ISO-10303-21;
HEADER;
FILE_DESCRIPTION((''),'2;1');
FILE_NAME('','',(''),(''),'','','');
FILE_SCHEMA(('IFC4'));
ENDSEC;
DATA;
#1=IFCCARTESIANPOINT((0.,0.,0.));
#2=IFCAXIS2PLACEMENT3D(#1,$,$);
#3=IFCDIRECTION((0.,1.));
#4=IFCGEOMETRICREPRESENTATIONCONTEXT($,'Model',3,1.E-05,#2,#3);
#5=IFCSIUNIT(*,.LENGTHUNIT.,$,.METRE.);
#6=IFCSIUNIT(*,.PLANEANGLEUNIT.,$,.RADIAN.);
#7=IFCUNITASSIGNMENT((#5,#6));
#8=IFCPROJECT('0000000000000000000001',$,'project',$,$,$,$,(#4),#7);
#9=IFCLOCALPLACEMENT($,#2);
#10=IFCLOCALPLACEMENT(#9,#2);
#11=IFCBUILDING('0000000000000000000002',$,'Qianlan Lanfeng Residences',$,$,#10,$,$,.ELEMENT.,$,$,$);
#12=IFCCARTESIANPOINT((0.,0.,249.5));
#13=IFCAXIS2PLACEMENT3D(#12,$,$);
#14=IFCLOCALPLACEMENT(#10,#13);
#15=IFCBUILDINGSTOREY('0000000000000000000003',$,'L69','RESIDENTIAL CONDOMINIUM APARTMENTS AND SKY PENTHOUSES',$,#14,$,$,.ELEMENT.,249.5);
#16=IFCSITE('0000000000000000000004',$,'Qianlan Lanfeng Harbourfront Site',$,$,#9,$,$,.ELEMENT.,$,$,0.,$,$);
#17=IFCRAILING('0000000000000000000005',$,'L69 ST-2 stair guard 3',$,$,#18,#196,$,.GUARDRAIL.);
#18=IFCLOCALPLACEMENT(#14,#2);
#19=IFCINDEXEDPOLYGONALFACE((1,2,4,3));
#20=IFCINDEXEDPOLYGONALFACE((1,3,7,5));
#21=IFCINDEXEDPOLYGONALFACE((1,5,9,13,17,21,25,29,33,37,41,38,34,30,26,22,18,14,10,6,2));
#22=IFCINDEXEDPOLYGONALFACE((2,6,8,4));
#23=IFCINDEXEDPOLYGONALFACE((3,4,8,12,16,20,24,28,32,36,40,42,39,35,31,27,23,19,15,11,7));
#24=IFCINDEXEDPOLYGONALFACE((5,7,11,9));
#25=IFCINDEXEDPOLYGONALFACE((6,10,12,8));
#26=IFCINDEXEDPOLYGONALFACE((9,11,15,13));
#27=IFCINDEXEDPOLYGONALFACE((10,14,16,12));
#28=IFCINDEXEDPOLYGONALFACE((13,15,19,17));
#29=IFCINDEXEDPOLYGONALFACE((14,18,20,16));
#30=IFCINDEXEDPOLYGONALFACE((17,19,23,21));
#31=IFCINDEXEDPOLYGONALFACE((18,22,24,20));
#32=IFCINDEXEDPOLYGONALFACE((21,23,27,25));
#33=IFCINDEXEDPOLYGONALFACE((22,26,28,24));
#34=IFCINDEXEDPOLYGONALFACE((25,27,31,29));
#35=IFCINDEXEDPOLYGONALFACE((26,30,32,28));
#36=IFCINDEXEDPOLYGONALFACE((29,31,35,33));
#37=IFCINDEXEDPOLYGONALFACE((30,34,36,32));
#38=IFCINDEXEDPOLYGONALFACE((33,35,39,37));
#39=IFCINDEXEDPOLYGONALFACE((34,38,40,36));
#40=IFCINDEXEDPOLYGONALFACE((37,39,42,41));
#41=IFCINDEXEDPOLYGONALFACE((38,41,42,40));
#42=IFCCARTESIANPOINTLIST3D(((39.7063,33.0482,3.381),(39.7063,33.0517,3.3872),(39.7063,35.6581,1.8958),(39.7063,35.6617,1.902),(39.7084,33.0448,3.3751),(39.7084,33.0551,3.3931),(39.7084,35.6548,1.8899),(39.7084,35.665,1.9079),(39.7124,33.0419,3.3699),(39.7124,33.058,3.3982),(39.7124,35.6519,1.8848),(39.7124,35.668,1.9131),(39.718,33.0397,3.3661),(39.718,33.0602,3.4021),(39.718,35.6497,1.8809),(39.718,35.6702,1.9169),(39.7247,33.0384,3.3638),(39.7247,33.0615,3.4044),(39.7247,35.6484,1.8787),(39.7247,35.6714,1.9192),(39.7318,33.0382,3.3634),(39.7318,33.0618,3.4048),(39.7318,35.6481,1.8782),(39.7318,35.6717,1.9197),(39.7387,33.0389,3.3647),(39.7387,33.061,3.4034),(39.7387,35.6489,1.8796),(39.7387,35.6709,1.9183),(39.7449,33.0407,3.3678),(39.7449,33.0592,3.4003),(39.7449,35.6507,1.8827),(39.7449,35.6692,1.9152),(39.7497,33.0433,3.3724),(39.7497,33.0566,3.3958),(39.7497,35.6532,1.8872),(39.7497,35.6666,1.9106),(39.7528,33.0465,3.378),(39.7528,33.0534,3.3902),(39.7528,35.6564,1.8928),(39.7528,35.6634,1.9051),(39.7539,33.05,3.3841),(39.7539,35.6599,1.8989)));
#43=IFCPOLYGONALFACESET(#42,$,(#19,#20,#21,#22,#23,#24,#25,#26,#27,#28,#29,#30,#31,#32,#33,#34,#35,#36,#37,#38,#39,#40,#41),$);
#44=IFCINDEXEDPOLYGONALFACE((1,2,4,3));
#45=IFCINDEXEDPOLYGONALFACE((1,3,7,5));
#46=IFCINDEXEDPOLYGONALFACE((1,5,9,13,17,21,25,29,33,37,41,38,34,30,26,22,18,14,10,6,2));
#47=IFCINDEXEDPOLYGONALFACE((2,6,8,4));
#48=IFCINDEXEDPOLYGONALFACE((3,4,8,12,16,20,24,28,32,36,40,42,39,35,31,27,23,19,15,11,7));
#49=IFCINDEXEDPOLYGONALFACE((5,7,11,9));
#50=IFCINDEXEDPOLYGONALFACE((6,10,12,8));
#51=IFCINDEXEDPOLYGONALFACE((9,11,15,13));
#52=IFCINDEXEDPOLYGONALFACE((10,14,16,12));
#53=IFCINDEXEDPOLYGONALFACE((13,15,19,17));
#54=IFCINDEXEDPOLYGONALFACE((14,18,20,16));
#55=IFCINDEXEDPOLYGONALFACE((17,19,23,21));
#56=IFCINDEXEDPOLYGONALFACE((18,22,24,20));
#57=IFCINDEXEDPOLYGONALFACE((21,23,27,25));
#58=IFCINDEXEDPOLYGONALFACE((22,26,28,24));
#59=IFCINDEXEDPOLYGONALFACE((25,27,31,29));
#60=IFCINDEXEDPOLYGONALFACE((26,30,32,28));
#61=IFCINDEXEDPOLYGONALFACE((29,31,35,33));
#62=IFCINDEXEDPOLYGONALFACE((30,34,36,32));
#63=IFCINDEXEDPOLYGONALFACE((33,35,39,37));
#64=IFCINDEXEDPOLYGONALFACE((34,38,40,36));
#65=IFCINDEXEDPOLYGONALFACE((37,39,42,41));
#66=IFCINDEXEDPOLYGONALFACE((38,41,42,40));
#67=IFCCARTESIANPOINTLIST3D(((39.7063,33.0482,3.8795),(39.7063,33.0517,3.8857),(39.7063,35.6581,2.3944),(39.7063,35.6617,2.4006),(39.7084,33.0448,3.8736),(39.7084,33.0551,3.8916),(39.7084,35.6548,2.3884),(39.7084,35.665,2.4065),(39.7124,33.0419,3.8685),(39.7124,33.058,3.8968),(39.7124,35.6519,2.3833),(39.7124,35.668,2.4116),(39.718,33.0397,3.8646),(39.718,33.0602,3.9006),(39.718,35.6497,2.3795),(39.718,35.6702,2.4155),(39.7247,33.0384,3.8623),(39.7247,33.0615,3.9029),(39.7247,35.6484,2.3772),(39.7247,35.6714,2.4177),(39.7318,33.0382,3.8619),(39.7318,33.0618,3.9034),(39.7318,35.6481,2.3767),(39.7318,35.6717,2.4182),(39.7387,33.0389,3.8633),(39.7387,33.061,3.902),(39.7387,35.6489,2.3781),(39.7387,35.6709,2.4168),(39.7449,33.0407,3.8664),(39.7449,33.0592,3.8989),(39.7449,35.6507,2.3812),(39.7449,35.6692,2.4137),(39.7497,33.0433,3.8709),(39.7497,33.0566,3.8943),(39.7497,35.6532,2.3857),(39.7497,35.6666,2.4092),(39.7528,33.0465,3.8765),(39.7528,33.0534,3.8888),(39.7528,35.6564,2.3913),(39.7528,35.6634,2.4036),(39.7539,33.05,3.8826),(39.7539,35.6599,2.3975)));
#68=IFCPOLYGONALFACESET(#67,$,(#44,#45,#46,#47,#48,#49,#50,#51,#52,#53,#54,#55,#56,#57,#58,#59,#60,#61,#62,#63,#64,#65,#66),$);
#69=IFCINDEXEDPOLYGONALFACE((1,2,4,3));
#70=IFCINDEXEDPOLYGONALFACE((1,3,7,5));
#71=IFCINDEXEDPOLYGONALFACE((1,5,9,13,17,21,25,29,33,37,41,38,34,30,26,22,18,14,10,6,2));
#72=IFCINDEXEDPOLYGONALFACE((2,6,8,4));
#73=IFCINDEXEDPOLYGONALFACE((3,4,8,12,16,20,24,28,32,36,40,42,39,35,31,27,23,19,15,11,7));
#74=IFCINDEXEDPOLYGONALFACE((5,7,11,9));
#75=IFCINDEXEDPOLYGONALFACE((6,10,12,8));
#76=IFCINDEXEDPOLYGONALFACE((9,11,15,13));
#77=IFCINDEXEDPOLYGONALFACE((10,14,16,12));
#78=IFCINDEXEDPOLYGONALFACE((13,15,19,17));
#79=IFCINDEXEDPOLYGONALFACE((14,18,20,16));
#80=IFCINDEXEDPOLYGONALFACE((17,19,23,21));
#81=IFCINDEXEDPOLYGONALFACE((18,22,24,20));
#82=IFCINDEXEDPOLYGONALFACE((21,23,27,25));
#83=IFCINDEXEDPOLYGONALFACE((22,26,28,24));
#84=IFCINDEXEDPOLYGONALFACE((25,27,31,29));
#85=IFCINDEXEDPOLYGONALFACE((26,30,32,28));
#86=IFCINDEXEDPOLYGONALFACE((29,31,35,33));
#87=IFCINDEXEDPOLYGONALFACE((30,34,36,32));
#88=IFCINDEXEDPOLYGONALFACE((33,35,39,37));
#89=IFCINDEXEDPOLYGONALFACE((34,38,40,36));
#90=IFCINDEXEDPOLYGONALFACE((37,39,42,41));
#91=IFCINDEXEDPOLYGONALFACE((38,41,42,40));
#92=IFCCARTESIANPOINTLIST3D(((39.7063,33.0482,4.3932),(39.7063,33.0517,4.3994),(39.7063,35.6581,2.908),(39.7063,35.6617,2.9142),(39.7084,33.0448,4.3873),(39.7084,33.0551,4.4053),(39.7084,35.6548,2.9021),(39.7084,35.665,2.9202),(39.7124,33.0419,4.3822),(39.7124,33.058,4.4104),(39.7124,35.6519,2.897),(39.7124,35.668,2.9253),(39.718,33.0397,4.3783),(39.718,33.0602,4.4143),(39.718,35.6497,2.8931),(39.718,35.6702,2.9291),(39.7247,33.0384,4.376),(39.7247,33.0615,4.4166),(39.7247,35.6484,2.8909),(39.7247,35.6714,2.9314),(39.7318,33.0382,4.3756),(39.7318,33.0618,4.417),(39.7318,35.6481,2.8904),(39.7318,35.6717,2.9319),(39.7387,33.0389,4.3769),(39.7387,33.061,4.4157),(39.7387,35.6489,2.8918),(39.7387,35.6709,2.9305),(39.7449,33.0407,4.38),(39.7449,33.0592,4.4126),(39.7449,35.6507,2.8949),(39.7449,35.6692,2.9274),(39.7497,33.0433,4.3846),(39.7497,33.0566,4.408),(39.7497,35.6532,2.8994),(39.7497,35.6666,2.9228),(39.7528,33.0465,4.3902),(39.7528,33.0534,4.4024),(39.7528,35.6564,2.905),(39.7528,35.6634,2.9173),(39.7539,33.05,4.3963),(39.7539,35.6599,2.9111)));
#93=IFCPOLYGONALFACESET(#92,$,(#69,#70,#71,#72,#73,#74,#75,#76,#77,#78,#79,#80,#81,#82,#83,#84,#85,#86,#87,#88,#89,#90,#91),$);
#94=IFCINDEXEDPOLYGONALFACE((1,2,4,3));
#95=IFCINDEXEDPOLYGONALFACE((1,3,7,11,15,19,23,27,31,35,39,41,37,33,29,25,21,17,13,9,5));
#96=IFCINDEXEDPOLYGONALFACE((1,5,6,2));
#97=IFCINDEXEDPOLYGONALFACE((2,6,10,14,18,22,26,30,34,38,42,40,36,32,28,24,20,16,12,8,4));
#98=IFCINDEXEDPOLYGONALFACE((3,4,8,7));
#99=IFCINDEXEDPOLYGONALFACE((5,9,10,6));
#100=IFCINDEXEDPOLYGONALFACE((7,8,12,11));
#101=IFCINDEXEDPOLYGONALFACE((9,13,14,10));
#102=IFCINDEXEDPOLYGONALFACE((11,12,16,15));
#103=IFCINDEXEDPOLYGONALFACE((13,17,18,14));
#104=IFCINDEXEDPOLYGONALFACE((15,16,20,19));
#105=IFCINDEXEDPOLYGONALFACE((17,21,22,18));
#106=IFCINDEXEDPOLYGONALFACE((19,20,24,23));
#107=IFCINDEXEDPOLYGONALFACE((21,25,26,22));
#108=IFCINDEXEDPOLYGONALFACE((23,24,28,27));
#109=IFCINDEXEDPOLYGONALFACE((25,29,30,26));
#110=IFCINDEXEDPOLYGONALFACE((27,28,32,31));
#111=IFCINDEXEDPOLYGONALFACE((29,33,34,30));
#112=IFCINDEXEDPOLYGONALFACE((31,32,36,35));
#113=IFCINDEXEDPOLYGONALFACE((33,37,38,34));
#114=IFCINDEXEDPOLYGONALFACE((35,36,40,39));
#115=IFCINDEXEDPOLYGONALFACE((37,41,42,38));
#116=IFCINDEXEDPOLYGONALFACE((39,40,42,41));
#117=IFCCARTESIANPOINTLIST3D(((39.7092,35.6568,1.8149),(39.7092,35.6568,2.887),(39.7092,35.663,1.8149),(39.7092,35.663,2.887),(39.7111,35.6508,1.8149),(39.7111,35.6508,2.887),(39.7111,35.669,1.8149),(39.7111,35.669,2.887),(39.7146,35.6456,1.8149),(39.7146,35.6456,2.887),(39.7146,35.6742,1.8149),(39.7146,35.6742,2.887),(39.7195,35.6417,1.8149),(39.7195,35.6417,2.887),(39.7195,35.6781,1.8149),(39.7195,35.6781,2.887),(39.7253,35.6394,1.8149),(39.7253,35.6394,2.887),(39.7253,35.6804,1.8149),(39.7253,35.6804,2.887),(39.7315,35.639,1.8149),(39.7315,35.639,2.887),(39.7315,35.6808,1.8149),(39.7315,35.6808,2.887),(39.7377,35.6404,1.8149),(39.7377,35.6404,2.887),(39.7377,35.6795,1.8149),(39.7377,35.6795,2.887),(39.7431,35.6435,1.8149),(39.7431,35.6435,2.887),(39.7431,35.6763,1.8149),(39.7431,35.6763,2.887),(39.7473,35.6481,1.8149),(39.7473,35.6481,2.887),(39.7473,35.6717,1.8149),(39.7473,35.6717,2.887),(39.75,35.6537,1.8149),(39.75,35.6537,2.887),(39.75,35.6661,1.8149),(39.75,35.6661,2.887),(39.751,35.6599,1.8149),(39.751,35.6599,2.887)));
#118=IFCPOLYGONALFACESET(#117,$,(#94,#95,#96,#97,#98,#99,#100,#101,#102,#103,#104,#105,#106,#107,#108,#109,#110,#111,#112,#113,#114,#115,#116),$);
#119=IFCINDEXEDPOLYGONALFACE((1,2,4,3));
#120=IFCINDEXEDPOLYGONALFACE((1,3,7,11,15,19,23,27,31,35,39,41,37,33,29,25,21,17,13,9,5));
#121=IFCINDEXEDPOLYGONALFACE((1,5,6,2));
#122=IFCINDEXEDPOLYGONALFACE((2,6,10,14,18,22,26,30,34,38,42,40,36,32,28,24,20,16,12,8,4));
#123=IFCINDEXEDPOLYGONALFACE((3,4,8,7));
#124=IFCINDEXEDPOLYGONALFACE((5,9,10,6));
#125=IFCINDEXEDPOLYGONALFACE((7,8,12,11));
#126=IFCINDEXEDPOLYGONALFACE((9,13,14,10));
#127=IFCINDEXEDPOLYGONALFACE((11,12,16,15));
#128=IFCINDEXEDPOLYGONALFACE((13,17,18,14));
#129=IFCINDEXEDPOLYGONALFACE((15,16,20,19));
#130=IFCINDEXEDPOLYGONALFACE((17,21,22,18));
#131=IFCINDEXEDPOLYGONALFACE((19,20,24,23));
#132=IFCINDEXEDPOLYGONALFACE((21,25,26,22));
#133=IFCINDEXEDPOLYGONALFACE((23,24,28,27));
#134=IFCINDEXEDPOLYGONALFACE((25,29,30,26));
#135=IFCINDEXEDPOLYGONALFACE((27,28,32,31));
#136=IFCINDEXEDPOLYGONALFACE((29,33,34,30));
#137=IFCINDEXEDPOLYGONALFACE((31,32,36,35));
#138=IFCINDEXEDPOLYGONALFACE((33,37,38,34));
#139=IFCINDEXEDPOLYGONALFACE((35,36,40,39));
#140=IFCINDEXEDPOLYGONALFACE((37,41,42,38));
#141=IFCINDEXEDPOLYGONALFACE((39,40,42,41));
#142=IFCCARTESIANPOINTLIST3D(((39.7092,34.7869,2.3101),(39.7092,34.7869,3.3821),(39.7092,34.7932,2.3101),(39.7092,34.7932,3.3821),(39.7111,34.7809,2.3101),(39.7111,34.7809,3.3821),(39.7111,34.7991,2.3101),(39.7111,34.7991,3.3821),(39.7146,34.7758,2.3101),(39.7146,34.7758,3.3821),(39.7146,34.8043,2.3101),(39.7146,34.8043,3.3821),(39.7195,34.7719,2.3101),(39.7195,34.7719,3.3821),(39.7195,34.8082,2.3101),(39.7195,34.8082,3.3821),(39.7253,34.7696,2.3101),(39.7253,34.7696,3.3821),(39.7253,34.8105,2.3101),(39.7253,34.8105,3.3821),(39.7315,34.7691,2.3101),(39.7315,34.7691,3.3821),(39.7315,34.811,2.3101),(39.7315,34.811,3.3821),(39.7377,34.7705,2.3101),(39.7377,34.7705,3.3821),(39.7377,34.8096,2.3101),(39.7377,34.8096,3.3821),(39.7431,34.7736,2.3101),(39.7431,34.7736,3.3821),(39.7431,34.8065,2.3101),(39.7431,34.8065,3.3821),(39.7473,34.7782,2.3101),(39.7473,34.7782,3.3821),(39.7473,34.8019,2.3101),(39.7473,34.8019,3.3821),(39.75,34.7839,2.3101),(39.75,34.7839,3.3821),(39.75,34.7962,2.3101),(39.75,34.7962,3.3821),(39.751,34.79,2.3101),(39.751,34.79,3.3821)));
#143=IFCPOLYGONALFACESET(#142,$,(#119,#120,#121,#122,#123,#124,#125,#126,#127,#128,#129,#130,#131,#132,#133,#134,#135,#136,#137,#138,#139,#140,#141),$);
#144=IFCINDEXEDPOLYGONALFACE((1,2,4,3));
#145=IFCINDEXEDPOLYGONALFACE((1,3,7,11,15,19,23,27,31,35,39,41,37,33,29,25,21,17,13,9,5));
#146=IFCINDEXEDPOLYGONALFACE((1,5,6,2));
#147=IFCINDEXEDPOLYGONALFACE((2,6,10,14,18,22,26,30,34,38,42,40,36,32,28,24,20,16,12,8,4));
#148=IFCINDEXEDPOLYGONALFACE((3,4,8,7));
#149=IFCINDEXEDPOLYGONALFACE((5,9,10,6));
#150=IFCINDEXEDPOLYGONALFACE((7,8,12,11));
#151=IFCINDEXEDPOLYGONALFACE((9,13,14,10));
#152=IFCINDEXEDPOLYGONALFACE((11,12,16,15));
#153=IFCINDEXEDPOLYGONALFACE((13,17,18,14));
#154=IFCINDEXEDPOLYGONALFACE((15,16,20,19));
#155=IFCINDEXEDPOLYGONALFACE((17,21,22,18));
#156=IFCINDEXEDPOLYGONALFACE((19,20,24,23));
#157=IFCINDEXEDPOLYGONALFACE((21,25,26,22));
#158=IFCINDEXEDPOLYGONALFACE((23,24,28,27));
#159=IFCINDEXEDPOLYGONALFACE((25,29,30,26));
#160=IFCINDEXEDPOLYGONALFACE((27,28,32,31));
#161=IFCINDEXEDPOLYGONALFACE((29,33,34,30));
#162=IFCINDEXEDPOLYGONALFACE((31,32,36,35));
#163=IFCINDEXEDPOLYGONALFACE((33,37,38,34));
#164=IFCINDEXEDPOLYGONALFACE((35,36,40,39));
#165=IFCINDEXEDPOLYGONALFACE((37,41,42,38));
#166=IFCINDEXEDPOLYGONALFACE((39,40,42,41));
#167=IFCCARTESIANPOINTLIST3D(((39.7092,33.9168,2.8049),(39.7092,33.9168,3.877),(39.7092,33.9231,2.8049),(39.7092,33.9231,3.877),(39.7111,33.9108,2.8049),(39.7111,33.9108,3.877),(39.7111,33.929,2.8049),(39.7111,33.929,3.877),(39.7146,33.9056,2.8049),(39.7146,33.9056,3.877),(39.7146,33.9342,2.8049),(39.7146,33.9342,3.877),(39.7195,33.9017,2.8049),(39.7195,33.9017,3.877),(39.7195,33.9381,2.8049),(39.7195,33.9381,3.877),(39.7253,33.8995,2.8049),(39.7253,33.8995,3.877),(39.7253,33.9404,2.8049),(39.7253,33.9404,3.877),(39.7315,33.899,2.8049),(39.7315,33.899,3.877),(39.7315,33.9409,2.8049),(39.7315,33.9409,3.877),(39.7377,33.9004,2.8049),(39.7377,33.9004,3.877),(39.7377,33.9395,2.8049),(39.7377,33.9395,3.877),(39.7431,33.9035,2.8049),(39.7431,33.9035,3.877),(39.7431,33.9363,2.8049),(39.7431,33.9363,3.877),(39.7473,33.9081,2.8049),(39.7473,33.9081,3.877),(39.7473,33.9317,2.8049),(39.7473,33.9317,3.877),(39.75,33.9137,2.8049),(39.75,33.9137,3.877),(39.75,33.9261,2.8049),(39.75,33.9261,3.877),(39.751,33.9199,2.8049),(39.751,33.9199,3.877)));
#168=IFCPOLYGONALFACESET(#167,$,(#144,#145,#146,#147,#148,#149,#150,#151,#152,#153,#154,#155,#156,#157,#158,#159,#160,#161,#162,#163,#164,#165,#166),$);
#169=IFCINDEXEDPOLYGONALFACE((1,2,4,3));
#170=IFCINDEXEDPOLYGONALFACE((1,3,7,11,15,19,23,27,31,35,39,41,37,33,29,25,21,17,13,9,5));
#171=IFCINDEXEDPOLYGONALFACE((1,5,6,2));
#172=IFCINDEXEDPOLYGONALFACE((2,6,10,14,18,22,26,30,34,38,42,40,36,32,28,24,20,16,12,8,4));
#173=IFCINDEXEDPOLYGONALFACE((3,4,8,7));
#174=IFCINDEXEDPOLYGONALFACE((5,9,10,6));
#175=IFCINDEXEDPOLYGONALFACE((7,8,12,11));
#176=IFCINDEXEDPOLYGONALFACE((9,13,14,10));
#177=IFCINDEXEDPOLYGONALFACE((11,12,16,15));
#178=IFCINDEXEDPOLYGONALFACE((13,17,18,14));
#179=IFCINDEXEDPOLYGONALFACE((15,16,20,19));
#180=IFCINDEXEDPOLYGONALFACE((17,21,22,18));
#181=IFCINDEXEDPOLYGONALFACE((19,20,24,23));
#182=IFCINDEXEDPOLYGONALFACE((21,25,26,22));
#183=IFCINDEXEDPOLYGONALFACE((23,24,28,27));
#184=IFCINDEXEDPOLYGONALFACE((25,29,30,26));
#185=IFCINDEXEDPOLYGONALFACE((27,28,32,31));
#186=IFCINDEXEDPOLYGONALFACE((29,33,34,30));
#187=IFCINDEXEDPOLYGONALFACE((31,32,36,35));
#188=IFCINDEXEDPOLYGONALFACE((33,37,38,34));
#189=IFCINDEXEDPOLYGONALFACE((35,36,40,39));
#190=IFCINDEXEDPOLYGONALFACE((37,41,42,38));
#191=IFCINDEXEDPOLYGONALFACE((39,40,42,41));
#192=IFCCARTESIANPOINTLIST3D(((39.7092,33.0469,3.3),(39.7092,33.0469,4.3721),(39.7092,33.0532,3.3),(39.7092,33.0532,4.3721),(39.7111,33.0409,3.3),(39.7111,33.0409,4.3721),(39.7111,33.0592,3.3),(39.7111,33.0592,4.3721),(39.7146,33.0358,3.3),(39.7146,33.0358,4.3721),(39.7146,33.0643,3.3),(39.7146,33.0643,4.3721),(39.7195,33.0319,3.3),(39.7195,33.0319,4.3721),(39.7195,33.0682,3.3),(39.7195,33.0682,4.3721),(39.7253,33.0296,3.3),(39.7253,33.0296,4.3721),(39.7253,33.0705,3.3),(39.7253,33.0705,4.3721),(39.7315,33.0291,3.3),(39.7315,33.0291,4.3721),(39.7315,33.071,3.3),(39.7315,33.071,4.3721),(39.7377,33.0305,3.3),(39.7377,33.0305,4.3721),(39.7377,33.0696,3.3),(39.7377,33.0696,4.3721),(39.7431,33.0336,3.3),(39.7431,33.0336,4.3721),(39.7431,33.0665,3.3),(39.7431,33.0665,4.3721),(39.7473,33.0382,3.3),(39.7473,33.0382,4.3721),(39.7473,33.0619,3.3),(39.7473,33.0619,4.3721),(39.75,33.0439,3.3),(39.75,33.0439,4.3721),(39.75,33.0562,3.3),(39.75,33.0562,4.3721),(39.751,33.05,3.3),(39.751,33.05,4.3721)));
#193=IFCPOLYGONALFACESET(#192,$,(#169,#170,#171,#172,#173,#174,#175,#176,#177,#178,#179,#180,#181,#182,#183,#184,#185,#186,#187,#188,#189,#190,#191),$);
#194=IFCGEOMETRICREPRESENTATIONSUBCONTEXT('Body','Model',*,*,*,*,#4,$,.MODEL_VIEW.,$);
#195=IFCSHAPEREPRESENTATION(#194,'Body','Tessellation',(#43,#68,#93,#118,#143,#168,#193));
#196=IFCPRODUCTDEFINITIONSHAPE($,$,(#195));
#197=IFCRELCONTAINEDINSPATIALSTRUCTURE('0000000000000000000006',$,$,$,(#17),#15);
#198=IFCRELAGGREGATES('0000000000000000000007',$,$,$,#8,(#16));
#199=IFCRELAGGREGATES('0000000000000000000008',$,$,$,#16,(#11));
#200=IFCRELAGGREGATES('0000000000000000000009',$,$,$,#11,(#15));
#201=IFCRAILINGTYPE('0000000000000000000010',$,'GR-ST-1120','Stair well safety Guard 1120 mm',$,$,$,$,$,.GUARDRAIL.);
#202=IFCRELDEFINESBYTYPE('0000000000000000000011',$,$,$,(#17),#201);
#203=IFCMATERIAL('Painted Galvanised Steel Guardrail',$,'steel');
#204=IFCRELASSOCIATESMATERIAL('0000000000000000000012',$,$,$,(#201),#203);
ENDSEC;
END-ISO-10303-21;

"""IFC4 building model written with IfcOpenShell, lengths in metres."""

from ifc_helpers import new_model, si_unit, direction, frame, origin, origin_2d, place, context, subcontext, project, spatial, circle, extrude, material, type_object, element, save


model = new_model("IFC4")

# Units and contexts
model_context = context("Model", 3, precision=1e-05, world=origin(), true_north=direction((0.0, 1.0)))
body_context = subcontext(model_context, "Body", "Model", "MODEL_VIEW")
ifc_project = project(units=[si_unit("LENGTHUNIT", "METRE"), si_unit("PLANEANGLEUNIT", "RADIAN")], contexts=[model_context])

# Site, building, storey
site_placement = place(None, origin())
site = spatial("IfcSite", under=ifc_project, at=site_placement, Name="Qianlan Lanfeng Harbourfront Site", CompositionType="ELEMENT", RefElevation=0.0)
building_placement = place(site_placement, origin())
building = spatial("IfcBuilding", under=site, at=building_placement, Name="Qianlan Lanfeng Residences", CompositionType="ELEMENT")
storey_placement = place(building_placement, frame((0.0, 0.0, 249.5)))
storey = spatial("IfcBuildingStorey", under=building, at=storey_placement, Name="L69", Description="RESIDENTIAL CONDOMINIUM APARTMENTS AND SKY PENTHOUSES", CompositionType="ELEMENT", Elevation=249.5)

# Railing
ifc_material_1 = material(Name="Painted Galvanised Steel Guardrail", Category="steel")
railing_type_1 = type_object("IfcRailingType", Name="GR-ST-1120", Description="Stair well safety Guard 1120 mm", PredefinedType="GUARDRAIL", material=ifc_material_1)
railing_1_placement = place(storey_placement, frame((39.73, 35.6599, 1.8149)))
element("IfcRailing", 1, at=railing_1_placement, inside=storey, type_object=railing_type_1, Name="L69 ST-2 stair guard 3", PredefinedType="GUARDRAIL", context=body_context, shape_type="SweptSolid", body=[
    extrude(circle(Radius=0.0239, at=origin_2d()), frame((0.0, 0.0, 0.084), z_axis=(0.0, -0.869137, 0.494571), x_axis=(1.0, 0.0, 0.0)), (0.0, 0.0, 1.0), 3.0029),
    extrude(circle(Radius=0.0239, at=origin_2d()), frame((0.0, 0.0, 0.5825), z_axis=(0.0, -0.869137, 0.494571), x_axis=(1.0, 0.0, 0.0)), (0.0, 0.0, 1.0), 3.0029),
    extrude(circle(Radius=0.0239, at=origin_2d()), frame((0.0, 0.0, 1.0962), z_axis=(0.0, -0.869137, 0.494571), x_axis=(1.0, 0.0, 0.0)), (0.0, 0.0, 1.0), 3.0029),
    extrude(circle(Radius=0.021, at=origin_2d()), origin(), (0.0, 0.0, 1.0), 1.072),
    extrude(circle(Radius=0.021, at=origin_2d()), frame((0.0, -0.8699, 0.4951)), (0.0, 0.0, 1.0), 1.072),
    extrude(circle(Radius=0.021, at=origin_2d()), frame((0.0, -1.74, 0.99)), (0.0, 0.0, 1.0), 1.072),
    extrude(circle(Radius=0.021, at=origin_2d()), frame((0.0, -2.6099, 1.4851)), (0.0, 0.0, 1.0), 1.072),
])

save(model, "model.ifc")
